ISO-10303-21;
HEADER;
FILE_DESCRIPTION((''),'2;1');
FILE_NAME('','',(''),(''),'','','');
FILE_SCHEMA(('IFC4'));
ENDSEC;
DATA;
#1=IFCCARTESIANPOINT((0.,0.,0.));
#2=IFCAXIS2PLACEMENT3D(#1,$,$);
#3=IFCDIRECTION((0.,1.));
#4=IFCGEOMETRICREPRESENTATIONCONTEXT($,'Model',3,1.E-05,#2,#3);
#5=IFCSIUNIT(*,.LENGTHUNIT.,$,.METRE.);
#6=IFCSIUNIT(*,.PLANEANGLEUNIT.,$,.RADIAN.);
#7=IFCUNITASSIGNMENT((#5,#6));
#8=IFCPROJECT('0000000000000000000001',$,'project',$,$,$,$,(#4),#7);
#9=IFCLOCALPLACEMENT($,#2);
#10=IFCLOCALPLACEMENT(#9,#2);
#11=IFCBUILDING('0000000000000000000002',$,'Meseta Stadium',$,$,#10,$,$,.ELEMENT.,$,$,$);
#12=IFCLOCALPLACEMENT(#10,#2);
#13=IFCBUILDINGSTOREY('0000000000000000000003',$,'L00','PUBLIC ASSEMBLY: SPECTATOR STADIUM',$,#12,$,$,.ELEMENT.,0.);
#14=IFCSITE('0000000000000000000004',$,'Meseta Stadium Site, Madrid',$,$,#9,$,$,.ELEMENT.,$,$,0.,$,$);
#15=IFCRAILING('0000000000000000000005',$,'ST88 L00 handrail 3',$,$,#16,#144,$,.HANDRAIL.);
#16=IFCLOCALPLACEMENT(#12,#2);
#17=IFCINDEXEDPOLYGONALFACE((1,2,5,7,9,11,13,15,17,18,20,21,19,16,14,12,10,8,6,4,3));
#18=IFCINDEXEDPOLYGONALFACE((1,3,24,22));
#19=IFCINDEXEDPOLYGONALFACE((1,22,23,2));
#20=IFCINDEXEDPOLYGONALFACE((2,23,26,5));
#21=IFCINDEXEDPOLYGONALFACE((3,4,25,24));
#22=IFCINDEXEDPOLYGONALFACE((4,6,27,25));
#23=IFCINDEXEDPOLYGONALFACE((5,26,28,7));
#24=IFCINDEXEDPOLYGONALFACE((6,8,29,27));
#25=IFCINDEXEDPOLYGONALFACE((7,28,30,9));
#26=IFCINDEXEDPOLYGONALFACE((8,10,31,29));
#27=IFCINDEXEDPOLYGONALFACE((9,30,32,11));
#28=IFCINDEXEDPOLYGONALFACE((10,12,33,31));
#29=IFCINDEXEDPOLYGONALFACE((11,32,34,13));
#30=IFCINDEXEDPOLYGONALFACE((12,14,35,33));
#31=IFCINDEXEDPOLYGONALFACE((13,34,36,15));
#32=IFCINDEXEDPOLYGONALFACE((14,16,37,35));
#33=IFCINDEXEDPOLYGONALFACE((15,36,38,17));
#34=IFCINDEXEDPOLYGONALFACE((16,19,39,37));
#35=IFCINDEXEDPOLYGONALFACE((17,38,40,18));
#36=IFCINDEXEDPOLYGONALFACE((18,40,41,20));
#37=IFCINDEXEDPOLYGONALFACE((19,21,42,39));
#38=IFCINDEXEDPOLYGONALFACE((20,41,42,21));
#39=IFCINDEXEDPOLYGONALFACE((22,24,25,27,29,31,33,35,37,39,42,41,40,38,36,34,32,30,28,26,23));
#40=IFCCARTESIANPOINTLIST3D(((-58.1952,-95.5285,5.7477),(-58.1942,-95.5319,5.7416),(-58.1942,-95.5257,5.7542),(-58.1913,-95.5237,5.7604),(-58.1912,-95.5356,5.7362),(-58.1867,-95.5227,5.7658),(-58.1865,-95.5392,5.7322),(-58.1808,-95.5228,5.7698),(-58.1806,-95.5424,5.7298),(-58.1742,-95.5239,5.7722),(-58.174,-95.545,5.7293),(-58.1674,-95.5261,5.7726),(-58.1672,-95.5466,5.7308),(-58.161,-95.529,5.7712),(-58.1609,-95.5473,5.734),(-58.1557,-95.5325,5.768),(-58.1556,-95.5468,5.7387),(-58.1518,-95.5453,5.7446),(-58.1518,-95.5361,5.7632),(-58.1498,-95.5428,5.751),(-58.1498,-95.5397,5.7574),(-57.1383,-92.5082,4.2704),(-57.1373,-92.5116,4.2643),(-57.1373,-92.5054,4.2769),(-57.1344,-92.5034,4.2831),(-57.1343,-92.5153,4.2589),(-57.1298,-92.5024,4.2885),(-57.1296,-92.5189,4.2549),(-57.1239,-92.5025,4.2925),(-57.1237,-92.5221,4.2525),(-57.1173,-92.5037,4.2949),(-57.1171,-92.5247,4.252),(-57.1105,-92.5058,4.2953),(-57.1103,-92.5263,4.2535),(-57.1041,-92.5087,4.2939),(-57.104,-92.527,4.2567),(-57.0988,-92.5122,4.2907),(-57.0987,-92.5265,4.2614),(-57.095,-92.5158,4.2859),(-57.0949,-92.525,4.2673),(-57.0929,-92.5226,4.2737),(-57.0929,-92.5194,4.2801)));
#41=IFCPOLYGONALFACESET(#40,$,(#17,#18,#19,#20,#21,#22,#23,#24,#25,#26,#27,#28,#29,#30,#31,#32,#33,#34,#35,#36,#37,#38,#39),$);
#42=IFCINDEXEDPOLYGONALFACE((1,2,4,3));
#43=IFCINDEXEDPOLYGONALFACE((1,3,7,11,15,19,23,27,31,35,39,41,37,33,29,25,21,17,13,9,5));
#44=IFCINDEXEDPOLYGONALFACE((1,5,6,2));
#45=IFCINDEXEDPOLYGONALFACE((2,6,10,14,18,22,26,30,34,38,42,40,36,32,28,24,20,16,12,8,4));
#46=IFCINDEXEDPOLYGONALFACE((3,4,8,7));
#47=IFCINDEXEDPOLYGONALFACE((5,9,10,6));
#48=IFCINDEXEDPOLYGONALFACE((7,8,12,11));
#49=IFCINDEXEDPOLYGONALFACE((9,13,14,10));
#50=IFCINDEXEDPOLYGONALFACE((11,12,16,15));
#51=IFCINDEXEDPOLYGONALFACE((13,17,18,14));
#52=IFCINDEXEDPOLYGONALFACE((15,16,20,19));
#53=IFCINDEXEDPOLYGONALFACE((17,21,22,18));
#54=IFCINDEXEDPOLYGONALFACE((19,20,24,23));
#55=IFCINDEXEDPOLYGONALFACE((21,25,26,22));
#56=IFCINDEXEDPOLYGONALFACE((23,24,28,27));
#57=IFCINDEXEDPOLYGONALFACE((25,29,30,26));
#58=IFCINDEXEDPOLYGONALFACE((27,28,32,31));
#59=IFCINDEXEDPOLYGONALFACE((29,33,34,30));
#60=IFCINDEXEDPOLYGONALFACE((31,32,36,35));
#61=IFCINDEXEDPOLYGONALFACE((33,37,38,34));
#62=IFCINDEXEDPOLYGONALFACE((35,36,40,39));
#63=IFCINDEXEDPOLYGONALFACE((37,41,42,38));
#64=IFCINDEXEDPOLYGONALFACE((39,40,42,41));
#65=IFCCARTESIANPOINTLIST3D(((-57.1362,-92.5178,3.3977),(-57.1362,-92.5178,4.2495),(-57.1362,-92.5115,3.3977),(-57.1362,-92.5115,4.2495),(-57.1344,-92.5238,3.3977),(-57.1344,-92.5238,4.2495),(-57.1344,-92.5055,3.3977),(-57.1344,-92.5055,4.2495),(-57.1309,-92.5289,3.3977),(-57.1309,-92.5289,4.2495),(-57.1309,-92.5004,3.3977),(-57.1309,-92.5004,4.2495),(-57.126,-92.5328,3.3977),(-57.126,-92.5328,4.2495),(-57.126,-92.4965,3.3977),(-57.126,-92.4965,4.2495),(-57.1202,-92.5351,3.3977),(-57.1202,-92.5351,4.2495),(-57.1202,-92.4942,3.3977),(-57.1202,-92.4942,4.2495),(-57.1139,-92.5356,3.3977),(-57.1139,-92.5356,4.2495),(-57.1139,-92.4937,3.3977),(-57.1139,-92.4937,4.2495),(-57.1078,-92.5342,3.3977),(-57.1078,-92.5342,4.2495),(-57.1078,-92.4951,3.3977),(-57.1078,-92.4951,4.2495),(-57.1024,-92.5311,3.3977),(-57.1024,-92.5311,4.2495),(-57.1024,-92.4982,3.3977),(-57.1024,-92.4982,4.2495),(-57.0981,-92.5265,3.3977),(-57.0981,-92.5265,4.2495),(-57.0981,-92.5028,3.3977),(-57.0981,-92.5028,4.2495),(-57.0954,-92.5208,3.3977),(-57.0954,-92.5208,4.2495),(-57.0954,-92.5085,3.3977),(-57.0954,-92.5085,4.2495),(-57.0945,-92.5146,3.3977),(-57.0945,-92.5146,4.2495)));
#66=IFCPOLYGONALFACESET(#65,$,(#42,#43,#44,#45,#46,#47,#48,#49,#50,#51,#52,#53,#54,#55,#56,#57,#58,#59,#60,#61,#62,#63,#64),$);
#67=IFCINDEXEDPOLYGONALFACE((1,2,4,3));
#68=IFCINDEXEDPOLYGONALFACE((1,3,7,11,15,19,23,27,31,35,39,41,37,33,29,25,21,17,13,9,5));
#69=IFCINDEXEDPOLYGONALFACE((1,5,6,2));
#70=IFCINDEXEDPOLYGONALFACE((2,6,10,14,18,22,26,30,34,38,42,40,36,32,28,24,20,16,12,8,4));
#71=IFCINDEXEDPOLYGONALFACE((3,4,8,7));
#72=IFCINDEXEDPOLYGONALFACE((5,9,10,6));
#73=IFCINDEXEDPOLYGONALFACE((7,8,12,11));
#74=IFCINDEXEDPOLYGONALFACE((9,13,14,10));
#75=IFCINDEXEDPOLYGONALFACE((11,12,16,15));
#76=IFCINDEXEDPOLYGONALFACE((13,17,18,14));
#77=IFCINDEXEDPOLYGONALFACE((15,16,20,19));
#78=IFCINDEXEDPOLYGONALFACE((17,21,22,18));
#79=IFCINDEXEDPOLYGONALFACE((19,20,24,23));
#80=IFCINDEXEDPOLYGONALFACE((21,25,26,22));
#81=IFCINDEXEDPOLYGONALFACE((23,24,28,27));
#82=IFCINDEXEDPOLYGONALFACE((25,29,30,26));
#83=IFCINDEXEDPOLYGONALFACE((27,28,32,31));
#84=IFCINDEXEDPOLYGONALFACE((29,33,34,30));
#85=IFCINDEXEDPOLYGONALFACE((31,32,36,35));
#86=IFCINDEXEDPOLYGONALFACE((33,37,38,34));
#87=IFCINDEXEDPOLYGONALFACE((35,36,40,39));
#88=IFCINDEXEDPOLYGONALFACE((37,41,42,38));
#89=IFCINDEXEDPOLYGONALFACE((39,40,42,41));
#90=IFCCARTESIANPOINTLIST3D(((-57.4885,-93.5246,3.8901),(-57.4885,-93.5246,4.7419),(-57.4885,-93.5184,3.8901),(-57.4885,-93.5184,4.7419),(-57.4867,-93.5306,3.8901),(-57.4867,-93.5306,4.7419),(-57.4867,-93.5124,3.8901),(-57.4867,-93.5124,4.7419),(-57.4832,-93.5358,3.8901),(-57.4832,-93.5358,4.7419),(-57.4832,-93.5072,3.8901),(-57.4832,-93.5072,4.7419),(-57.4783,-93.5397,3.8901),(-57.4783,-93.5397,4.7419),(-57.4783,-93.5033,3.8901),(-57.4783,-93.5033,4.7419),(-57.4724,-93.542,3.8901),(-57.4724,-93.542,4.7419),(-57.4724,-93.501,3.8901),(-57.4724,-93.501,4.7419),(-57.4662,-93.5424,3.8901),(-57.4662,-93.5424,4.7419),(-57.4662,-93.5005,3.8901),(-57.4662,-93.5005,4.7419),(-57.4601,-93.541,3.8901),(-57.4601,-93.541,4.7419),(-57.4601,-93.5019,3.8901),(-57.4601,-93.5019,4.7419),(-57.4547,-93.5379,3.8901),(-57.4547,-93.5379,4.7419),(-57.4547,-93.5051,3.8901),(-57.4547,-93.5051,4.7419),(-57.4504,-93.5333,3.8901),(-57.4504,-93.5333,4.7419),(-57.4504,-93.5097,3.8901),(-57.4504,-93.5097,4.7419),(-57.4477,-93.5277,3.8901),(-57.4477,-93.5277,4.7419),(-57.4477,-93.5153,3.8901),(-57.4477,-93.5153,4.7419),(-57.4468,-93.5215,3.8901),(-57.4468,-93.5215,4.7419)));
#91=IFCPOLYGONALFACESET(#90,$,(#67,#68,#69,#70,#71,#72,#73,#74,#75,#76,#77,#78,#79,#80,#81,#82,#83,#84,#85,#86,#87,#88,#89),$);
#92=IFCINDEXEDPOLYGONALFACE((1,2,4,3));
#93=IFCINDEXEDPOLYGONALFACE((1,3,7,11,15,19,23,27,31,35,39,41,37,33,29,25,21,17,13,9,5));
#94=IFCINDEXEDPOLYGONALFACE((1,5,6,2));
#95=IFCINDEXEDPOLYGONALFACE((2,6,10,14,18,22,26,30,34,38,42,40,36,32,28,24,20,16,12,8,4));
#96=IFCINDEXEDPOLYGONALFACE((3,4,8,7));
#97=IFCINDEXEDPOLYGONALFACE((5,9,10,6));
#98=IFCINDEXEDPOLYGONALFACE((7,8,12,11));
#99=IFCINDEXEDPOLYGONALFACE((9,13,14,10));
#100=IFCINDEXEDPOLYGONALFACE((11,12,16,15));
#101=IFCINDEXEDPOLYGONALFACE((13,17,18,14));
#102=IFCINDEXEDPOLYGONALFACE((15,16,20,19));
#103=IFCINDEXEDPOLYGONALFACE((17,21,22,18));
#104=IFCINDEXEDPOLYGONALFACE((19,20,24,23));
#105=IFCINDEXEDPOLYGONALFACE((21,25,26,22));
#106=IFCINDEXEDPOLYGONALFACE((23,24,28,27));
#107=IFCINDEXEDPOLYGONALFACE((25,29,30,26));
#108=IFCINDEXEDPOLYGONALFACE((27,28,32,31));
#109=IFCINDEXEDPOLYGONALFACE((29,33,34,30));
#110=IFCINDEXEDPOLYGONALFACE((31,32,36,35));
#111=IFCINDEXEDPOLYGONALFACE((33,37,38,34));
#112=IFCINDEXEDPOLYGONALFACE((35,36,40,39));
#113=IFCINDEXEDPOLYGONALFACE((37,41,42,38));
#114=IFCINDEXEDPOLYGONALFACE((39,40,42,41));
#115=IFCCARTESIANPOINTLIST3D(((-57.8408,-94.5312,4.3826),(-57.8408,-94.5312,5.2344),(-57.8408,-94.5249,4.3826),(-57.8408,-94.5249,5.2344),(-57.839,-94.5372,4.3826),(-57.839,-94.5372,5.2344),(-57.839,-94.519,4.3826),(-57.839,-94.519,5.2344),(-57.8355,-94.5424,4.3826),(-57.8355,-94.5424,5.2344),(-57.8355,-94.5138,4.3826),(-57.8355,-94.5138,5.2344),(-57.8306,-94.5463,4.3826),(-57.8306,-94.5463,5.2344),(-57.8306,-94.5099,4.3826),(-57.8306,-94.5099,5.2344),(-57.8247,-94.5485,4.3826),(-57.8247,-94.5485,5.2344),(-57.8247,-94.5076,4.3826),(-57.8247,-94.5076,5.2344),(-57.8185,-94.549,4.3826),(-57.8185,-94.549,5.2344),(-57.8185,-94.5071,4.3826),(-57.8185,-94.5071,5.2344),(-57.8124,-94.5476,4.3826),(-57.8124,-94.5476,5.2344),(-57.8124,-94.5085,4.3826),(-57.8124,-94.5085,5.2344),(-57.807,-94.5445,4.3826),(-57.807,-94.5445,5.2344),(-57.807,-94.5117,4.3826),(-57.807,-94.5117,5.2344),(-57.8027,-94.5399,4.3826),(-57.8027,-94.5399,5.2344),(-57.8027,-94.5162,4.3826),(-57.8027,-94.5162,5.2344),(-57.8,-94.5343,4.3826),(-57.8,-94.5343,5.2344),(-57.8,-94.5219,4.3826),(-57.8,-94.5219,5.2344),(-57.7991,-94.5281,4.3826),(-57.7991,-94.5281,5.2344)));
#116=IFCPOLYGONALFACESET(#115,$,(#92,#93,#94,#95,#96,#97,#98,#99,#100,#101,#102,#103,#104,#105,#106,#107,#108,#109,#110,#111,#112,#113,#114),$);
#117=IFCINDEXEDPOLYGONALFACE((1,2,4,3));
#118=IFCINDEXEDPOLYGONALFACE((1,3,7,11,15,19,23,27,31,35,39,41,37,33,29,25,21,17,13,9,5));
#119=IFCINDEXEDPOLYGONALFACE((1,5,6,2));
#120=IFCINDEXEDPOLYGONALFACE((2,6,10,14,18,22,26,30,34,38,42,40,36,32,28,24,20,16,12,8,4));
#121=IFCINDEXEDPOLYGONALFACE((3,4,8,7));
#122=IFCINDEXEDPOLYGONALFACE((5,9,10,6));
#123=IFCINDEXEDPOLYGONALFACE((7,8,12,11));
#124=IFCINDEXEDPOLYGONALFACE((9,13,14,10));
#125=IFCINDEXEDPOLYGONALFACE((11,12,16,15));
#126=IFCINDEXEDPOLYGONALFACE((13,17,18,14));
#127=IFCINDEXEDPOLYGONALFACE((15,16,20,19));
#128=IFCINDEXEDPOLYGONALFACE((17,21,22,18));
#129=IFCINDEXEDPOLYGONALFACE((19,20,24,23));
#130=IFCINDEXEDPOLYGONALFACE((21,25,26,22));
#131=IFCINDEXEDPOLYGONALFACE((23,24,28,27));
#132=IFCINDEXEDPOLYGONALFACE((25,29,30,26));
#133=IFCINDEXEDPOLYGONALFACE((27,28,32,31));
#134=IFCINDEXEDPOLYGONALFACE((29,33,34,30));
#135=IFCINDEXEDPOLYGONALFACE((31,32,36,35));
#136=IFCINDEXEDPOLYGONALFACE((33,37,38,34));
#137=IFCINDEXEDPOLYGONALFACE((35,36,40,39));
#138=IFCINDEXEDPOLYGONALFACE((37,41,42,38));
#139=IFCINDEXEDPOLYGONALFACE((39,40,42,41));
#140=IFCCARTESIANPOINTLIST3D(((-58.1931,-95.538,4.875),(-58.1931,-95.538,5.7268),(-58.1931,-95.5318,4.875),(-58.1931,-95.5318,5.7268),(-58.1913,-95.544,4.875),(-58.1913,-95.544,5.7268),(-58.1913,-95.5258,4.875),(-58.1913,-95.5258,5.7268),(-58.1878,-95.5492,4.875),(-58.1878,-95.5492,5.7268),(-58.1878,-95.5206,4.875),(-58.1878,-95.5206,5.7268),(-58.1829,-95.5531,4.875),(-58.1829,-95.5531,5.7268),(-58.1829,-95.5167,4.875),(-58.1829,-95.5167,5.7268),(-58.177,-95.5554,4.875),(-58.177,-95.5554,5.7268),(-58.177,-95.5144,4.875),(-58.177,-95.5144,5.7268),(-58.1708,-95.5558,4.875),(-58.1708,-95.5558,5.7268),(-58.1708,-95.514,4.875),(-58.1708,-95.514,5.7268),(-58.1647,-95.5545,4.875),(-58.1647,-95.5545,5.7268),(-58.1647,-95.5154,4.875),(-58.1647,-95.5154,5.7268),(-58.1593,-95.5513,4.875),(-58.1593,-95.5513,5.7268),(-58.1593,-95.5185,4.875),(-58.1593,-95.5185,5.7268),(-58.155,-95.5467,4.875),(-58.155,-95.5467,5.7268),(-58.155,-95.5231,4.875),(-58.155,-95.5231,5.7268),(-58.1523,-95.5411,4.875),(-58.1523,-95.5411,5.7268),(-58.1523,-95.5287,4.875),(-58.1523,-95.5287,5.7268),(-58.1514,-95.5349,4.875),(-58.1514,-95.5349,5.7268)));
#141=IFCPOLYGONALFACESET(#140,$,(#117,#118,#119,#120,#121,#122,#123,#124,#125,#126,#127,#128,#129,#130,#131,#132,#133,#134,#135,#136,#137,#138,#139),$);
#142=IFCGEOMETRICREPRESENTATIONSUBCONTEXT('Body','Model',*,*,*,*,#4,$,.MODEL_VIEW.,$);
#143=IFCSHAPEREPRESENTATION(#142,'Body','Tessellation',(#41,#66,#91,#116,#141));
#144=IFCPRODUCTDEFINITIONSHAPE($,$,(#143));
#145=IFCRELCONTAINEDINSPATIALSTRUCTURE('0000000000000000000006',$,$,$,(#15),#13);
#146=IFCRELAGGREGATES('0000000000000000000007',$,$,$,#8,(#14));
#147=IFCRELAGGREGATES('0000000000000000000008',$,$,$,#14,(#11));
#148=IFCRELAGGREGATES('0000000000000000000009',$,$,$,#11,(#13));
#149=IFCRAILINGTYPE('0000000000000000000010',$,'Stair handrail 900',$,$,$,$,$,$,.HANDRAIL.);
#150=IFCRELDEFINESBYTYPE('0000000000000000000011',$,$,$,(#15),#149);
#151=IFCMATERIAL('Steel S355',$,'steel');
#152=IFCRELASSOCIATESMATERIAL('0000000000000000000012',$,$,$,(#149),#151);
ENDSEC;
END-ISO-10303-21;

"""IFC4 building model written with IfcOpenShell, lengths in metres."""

from ifc_helpers import new_model, si_unit, direction, frame, origin, origin_2d, place, context, subcontext, project, spatial, circle, extrude, material, type_object, element, save


model = new_model("IFC4")

# Units and contexts
model_context = context("Model", 3, precision=1e-05, world=origin(), true_north=direction((0.0, 1.0)))
body_context = subcontext(model_context, "Body", "Model", "MODEL_VIEW")
ifc_project = project(units=[si_unit("LENGTHUNIT", "METRE"), si_unit("PLANEANGLEUNIT", "RADIAN")], contexts=[model_context])

# Site, building, storey
site_placement = place(None, origin())
site = spatial("IfcSite", under=ifc_project, at=site_placement, Name="Meseta Stadium Site, Madrid", CompositionType="ELEMENT", RefElevation=0.0)
building_placement = place(site_placement, origin())
building = spatial("IfcBuilding", under=site, at=building_placement, Name="Meseta Stadium", CompositionType="ELEMENT")
storey_placement = place(building_placement, origin())
storey = spatial("IfcBuildingStorey", under=building, at=storey_placement, Name="L00", Description="PUBLIC ASSEMBLY: SPECTATOR STADIUM", CompositionType="ELEMENT", Elevation=0.0)

# Railing
ifc_material_1 = material(Name="Steel S355", Category="steel")
railing_type_1 = type_object("IfcRailingType", Name="Stair handrail 900", PredefinedType="HANDRAIL", material=ifc_material_1)
for number, where, name in (
    (1, (-57.1155, -92.5146, 3.3977), "ST88 L00 handrail 3"),
):
    element("IfcRailing", number, at=place(storey_placement, frame(where)), inside=storey, type_object=railing_type_1, Name=name, PredefinedType="HANDRAIL", context=body_context, shape_type="SweptSolid", body=[
        extrude(circle(Radius=0.0239, at=origin_2d()), frame((0.0, 0.0, 0.876), z_axis=(-0.299876, -0.856958, 0.419162), x_axis=(0.943879, -0.330293, 0.0)), (0.0, 0.0, 1.0), 3.5244),
        extrude(circle(Radius=0.021, at=origin_2d()), origin(), (0.0, 0.0, 1.0), 0.8518),
        extrude(circle(Radius=0.021, at=origin_2d()), frame((-0.3523, -1.0068, 0.4924)), (0.0, 0.0, 1.0), 0.8518),
        extrude(circle(Radius=0.021, at=origin_2d()), frame((-0.7046, -2.0134, 0.9849)), (0.0, 0.0, 1.0), 0.8518),
        extrude(circle(Radius=0.021, at=origin_2d()), frame((-1.0569, -3.0203, 1.4773)), (0.0, 0.0, 1.0), 0.8518),
    ])

save(model, "model.ifc")
